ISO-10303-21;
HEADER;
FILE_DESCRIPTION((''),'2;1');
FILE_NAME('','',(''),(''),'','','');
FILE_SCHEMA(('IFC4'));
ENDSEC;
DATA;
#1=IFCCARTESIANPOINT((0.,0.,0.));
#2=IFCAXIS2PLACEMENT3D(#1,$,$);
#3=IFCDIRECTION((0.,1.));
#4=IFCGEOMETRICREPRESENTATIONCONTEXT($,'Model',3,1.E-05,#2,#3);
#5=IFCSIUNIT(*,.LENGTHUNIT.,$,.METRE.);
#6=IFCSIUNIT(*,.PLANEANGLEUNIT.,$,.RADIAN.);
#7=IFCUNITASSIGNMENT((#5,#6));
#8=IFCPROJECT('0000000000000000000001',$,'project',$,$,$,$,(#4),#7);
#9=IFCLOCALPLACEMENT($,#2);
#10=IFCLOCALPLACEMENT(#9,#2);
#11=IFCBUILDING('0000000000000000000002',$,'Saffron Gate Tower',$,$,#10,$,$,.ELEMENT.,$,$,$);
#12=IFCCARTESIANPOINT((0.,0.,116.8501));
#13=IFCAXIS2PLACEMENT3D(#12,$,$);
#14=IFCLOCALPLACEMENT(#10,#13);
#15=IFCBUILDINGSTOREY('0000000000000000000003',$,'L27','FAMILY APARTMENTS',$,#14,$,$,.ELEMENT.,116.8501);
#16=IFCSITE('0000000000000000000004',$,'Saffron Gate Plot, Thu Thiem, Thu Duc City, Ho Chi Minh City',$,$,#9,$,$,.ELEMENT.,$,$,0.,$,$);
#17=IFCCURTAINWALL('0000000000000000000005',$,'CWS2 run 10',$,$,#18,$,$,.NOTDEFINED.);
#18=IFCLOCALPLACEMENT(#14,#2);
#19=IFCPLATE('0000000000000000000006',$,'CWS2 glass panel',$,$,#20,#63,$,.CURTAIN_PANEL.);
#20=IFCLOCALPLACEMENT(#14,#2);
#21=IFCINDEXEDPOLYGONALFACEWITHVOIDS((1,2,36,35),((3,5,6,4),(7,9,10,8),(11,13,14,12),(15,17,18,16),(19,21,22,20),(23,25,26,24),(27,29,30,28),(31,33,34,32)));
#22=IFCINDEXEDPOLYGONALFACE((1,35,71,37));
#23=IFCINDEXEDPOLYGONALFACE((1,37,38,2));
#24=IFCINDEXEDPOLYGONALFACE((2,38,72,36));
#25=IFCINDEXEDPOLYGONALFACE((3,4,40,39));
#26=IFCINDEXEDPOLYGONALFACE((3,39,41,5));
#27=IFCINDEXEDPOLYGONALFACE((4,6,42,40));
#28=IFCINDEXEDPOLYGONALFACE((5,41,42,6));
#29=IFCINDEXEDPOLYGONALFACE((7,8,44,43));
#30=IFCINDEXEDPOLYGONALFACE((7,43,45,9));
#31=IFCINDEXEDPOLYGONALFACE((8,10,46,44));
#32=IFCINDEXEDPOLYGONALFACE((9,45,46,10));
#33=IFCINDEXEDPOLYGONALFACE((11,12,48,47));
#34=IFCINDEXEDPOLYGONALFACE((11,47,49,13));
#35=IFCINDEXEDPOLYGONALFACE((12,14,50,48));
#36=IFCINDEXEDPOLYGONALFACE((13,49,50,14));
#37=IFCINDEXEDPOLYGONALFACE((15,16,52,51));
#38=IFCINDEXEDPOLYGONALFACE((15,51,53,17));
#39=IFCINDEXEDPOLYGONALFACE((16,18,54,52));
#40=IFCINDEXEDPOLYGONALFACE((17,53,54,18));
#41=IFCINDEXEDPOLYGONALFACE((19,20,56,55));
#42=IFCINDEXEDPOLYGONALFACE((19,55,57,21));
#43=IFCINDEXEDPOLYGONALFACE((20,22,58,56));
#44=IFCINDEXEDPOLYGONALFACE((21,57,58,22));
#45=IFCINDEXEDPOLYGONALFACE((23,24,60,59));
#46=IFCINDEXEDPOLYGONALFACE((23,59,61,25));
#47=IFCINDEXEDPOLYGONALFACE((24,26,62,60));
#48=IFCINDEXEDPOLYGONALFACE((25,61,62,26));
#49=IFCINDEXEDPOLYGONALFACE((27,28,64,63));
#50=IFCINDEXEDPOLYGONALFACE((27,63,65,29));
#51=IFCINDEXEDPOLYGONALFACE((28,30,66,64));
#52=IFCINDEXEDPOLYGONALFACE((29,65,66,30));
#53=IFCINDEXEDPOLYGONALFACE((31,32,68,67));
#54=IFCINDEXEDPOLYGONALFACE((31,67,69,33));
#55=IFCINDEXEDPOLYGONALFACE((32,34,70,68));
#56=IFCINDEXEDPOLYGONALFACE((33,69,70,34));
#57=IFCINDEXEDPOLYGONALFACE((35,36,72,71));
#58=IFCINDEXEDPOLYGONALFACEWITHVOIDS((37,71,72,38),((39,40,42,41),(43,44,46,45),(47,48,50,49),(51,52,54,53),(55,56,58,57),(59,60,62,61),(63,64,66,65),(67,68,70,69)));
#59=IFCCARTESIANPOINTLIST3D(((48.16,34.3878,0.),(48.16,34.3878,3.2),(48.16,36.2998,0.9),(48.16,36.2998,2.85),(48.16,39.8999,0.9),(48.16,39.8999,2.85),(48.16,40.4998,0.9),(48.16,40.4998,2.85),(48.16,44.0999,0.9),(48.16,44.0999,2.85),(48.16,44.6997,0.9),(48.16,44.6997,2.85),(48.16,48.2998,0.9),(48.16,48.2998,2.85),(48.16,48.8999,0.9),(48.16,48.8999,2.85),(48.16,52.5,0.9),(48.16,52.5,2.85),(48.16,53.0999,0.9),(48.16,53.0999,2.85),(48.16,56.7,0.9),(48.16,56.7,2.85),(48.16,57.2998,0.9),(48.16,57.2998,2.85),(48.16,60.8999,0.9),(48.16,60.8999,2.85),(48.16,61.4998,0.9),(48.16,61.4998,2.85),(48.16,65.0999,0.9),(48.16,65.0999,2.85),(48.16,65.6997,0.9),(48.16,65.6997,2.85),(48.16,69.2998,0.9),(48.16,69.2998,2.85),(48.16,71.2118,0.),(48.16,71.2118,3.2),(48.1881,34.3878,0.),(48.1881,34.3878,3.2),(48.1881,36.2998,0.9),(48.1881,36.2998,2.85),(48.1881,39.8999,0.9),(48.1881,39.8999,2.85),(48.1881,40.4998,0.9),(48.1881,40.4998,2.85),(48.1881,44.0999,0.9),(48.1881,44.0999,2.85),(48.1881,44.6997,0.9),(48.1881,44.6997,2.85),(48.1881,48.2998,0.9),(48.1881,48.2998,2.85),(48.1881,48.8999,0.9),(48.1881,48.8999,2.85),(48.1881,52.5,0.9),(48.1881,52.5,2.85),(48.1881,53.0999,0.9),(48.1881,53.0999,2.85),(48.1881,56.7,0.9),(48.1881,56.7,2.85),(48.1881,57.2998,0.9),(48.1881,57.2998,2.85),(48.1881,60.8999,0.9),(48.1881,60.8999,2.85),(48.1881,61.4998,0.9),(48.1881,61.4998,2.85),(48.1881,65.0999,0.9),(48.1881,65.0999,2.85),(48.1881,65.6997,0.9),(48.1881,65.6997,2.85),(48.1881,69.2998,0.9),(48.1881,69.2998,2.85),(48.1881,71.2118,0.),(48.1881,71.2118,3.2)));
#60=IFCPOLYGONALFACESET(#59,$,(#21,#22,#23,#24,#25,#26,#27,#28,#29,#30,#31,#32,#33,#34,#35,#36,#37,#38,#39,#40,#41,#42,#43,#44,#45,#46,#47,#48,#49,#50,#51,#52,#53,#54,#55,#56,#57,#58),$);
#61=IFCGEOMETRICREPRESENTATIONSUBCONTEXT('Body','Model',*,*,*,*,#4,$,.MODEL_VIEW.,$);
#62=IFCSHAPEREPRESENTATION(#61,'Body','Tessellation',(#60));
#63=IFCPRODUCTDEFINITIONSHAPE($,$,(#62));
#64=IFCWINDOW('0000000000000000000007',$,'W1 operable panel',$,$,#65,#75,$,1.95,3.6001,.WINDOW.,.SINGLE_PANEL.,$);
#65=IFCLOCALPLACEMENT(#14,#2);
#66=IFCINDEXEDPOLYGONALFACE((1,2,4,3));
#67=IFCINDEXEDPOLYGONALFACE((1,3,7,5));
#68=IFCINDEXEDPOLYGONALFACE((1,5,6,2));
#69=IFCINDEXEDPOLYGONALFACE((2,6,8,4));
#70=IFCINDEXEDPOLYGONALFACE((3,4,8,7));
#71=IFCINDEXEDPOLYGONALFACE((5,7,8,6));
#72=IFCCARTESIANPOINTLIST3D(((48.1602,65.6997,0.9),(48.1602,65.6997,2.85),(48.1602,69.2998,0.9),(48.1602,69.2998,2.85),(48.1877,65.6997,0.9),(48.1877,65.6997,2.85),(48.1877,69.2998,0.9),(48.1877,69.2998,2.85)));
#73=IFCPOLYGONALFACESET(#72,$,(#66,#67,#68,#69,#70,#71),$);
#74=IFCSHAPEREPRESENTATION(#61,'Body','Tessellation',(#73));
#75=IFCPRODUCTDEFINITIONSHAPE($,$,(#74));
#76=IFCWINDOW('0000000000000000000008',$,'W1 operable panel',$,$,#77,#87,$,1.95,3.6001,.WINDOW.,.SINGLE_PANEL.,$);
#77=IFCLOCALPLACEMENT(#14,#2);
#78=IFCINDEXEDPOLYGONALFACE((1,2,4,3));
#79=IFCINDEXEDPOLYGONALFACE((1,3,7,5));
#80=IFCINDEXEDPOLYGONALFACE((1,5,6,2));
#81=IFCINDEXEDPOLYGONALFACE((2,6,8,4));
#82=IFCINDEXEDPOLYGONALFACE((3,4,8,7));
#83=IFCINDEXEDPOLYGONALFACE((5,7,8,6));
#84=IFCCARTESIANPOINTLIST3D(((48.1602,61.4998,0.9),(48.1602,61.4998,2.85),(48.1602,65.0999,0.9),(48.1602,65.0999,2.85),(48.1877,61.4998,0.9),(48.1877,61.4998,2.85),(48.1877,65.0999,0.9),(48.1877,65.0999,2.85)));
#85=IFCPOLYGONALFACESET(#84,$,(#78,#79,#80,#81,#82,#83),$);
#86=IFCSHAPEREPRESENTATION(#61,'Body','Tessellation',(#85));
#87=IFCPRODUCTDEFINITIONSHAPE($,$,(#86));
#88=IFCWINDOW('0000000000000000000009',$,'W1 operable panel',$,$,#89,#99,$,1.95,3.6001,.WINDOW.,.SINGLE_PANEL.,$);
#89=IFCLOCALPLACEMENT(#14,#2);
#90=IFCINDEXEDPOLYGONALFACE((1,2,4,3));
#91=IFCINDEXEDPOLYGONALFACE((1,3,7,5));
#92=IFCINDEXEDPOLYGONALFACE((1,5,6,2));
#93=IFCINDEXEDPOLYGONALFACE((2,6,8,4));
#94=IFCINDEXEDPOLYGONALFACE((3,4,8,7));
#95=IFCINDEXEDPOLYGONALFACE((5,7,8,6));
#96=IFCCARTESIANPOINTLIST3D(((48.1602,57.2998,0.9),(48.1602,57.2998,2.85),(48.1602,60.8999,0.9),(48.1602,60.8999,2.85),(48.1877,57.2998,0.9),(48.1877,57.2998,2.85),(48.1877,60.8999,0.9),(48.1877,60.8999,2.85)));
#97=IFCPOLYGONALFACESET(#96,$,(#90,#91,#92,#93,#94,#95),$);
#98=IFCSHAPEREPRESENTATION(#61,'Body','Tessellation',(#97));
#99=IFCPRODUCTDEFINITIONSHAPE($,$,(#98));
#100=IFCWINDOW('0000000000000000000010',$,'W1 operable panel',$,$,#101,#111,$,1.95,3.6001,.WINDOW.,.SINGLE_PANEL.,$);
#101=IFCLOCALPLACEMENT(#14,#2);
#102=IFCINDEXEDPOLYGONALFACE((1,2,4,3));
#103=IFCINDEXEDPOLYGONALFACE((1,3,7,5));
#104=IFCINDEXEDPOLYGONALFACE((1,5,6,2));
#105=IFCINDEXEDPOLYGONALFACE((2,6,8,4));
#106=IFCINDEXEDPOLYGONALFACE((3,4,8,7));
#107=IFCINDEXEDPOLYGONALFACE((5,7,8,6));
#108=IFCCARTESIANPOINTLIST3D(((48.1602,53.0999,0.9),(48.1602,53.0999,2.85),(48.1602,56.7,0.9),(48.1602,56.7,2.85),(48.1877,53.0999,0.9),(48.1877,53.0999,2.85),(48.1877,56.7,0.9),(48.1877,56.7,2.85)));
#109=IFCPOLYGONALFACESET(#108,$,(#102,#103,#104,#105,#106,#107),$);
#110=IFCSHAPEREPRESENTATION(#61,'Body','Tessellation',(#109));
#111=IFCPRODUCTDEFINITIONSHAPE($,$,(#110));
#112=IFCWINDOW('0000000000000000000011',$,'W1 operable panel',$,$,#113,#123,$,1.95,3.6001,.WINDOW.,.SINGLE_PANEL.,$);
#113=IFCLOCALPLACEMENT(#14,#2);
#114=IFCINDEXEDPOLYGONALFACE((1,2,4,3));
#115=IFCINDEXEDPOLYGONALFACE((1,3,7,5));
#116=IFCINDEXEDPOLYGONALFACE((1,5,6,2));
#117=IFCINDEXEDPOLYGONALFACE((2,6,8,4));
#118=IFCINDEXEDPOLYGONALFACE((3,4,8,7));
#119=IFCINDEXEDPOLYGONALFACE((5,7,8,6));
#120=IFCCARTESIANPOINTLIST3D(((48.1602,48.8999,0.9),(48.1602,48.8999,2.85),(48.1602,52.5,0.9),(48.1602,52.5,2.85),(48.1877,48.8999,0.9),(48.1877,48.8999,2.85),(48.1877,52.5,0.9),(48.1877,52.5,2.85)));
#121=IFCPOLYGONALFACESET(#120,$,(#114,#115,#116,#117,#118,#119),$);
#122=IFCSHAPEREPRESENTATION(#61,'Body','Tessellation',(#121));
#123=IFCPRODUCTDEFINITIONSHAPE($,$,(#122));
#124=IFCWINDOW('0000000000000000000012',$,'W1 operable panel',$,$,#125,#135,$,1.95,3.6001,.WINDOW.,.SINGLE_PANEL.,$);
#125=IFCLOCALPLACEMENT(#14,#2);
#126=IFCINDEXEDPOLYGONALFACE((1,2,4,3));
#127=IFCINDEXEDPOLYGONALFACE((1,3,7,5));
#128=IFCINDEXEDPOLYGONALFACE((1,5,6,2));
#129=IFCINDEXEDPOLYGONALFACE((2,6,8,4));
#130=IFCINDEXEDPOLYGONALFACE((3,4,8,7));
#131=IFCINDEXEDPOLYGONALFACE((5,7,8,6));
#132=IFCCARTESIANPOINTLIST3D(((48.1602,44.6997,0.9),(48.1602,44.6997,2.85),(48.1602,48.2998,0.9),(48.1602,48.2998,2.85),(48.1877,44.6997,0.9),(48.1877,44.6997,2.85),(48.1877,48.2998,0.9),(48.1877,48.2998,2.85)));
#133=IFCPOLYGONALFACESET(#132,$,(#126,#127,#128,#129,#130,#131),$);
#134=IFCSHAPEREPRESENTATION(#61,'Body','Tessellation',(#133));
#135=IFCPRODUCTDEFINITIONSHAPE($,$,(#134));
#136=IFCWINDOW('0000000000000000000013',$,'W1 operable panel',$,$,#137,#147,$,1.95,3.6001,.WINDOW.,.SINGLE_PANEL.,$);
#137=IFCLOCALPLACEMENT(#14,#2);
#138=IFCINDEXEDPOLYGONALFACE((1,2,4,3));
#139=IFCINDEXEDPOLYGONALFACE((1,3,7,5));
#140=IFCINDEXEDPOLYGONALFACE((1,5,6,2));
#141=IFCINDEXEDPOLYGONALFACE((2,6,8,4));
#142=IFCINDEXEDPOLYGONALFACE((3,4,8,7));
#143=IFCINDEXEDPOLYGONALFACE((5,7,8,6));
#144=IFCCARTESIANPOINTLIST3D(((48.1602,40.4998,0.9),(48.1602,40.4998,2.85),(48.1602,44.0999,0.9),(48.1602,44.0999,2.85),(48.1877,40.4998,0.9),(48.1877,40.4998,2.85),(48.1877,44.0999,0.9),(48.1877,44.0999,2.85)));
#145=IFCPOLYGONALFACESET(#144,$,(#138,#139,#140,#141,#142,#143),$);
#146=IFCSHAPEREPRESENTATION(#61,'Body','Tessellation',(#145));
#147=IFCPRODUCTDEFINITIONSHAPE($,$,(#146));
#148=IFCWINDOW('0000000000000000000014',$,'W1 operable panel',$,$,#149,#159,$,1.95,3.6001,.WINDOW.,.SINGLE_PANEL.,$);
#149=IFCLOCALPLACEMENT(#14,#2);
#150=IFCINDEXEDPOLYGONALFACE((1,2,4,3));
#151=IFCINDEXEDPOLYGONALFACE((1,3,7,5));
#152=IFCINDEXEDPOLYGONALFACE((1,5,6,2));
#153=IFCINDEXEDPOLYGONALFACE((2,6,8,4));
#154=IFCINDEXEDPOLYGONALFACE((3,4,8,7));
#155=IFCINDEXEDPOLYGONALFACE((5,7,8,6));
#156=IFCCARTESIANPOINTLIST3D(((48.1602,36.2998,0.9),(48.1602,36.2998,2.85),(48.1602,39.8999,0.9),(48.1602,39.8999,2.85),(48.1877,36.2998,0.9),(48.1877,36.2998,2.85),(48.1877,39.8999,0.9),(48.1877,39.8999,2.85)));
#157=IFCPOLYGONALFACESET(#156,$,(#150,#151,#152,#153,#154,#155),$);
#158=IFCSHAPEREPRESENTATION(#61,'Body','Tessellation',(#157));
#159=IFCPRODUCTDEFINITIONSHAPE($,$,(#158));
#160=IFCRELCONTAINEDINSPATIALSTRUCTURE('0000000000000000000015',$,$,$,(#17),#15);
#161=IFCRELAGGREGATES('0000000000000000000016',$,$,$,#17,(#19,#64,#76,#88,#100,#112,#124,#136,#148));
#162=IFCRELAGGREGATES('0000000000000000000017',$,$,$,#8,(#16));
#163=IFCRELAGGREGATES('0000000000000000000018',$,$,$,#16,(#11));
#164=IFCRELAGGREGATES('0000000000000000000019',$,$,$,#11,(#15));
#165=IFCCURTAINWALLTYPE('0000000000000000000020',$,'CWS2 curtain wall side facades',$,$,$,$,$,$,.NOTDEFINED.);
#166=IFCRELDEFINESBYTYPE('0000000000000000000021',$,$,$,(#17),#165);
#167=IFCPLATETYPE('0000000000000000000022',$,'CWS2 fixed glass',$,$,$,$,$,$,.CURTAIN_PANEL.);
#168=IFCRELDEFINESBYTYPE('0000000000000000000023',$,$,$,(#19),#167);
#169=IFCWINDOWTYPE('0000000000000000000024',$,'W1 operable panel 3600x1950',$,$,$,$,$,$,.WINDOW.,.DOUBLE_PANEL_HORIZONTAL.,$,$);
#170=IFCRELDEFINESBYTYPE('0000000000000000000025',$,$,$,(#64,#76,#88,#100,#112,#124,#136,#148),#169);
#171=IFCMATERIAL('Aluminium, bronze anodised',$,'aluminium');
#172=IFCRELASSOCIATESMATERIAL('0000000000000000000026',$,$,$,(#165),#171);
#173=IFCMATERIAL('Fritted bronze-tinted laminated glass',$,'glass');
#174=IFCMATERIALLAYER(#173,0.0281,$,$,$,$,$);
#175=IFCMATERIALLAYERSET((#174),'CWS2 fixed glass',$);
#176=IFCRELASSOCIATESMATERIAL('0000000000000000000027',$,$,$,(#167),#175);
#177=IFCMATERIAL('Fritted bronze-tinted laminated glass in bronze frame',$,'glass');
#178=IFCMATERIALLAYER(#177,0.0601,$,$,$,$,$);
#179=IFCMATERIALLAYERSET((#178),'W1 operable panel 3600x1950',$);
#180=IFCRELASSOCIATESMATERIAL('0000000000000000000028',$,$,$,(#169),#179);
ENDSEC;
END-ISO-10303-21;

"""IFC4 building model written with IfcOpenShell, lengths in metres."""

from ifc_helpers import new_model, si_unit, direction, frame, frame_2d, origin, place, context, subcontext, project, spatial, rectangle, extrude, material, layer, layer_set, type_object, element, fill, aggregate, save


model = new_model("IFC4")

# Units and contexts
model_context = context("Model", 3, precision=1e-05, world=origin(), true_north=direction((0.0, 1.0)))
body_context = subcontext(model_context, "Body", "Model", "MODEL_VIEW")
ifc_project = project(units=[si_unit("LENGTHUNIT", "METRE"), si_unit("PLANEANGLEUNIT", "RADIAN")], contexts=[model_context])

# Site, building, storey
site_placement = place(None, origin())
site = spatial("IfcSite", under=ifc_project, at=site_placement, Name="Saffron Gate Plot, Thu Thiem, Thu Duc City, Ho Chi Minh City", CompositionType="ELEMENT", RefElevation=0.0)
building_placement = place(site_placement, origin())
building = spatial("IfcBuilding", under=site, at=building_placement, Name="Saffron Gate Tower", CompositionType="ELEMENT")
storey_placement = place(building_placement, frame((0.0, 0.0, 116.8501)))
storey = spatial("IfcBuildingStorey", under=building, at=storey_placement, Name="L27", Description="FAMILY APARTMENTS", CompositionType="ELEMENT", Elevation=116.8501)

# Curtain wall
ifc_material_1 = material(Name="Aluminium, bronze anodised", Category="aluminium")
curtain_wall_type_1 = type_object("IfcCurtainWallType", Name="CWS2 curtain wall side facades", PredefinedType="NOTDEFINED", material=ifc_material_1)
curtain_wall_1_placement = place(storey_placement, origin())
curtain_wall_1 = element("IfcCurtainWall", 1, at=curtain_wall_1_placement, inside=storey, type_object=curtain_wall_type_1, Name="CWS2 run 10", PredefinedType="NOTDEFINED")

# Plate, openings, windows
ifc_material_2 = material(Name="Fritted bronze-tinted laminated glass", Category="glass")
ifc_layer_1 = layer(ifc_material_2, 0.0281)
ifc_layer_set_1 = layer_set([ifc_layer_1], Name="CWS2 fixed glass")
plate_type_1 = type_object("IfcPlateType", Name="CWS2 fixed glass", PredefinedType="CURTAIN_PANEL", material=ifc_layer_set_1)
plate_1_placement = place(storey_placement, frame((48.1741, 71.2119, 0.0), z_axis=(0.0, 0.0, 1.0), x_axis=(0.0, -1.0, 0.0)))
plate_1 = element("IfcPlate", 2, at=plate_1_placement, type_object=plate_type_1, Name="CWS2 glass panel", PredefinedType="CURTAIN_PANEL", context=body_context, shape_type="SweptSolid", body=[
    extrude(rectangle(XDim=36.824, YDim=0.0281, at=frame_2d((18.4121, 0.0))), origin(), (0.0, 0.0, 1.0), 3.2),
])
opening_1_placement = place(plate_1_placement, frame((1.9121, 0.0, 0.8999)))
opening_1 = element("IfcOpeningElement", 3, at=opening_1_placement, cuts=plate_1, PredefinedType="OPENING", context=body_context, shape_type="SweptSolid", body=[
    extrude(rectangle(XDim=3.6001, YDim=1.95, at=frame_2d((1.8, 0.9751))), frame((0.0, 0.0239, 0.0), z_axis=(0.0, -1.0, 0.0), x_axis=(1.0, 0.0, 0.0)), (0.0, 0.0, 1.0), 0.0481),
])
opening_2_placement = place(plate_1_placement, frame((6.1121, 0.0, 0.8999)))
opening_2 = element("IfcOpeningElement", 4, at=opening_2_placement, cuts=plate_1, PredefinedType="OPENING", context=body_context, shape_type="SweptSolid", body=[
    extrude(rectangle(XDim=3.6001, YDim=1.95, at=frame_2d((1.8, 0.9751))), frame((0.0, 0.0239, 0.0), z_axis=(0.0, -1.0, 0.0), x_axis=(1.0, 0.0, 0.0)), (0.0, 0.0, 1.0), 0.0481),
])
opening_3_placement = place(plate_1_placement, frame((10.312, 0.0, 0.8999)))
opening_3 = element("IfcOpeningElement", 5, at=opening_3_placement, cuts=plate_1, PredefinedType="OPENING", context=body_context, shape_type="SweptSolid", body=[
    extrude(rectangle(XDim=3.6001, YDim=1.95, at=frame_2d((1.8, 0.9751))), frame((0.0, 0.0239, 0.0), z_axis=(0.0, -1.0, 0.0), x_axis=(1.0, 0.0, 0.0)), (0.0, 0.0, 1.0), 0.0481),
])
opening_4_placement = place(plate_1_placement, frame((14.512, 0.0, 0.8999)))
opening_4 = element("IfcOpeningElement", 6, at=opening_4_placement, cuts=plate_1, PredefinedType="OPENING", context=body_context, shape_type="SweptSolid", body=[
    extrude(rectangle(XDim=3.6001, YDim=1.95, at=frame_2d((1.8, 0.9751))), frame((0.0, 0.0239, 0.0), z_axis=(0.0, -1.0, 0.0), x_axis=(1.0, 0.0, 0.0)), (0.0, 0.0, 1.0), 0.0481),
])
opening_5_placement = place(plate_1_placement, frame((18.7119, 0.0, 0.8999)))
opening_5 = element("IfcOpeningElement", 7, at=opening_5_placement, cuts=plate_1, PredefinedType="OPENING", context=body_context, shape_type="SweptSolid", body=[
    extrude(rectangle(XDim=3.6001, YDim=1.95, at=frame_2d((1.8, 0.9751))), frame((0.0, 0.0239, 0.0), z_axis=(0.0, -1.0, 0.0), x_axis=(1.0, 0.0, 0.0)), (0.0, 0.0, 1.0), 0.0481),
])
opening_6_placement = place(plate_1_placement, frame((22.9121, 0.0, 0.8999)))
opening_6 = element("IfcOpeningElement", 8, at=opening_6_placement, cuts=plate_1, PredefinedType="OPENING", context=body_context, shape_type="SweptSolid", body=[
    extrude(rectangle(XDim=3.6001, YDim=1.95, at=frame_2d((1.8, 0.9751))), frame((0.0, 0.0239, 0.0), z_axis=(0.0, -1.0, 0.0), x_axis=(1.0, 0.0, 0.0)), (0.0, 0.0, 1.0), 0.0481),
])
opening_7_placement = place(plate_1_placement, frame((27.1121, 0.0, 0.8999)))
opening_7 = element("IfcOpeningElement", 9, at=opening_7_placement, cuts=plate_1, PredefinedType="OPENING", context=body_context, shape_type="SweptSolid", body=[
    extrude(rectangle(XDim=3.6001, YDim=1.95, at=frame_2d((1.8, 0.9751))), frame((0.0, 0.0239, 0.0), z_axis=(0.0, -1.0, 0.0), x_axis=(1.0, 0.0, 0.0)), (0.0, 0.0, 1.0), 0.0481),
])
opening_8_placement = place(plate_1_placement, frame((31.312, 0.0, 0.8999)))
opening_8 = element("IfcOpeningElement", 10, at=opening_8_placement, cuts=plate_1, PredefinedType="OPENING", context=body_context, shape_type="SweptSolid", body=[
    extrude(rectangle(XDim=3.6001, YDim=1.95, at=frame_2d((1.8, 0.9751))), frame((0.0, 0.0239, 0.0), z_axis=(0.0, -1.0, 0.0), x_axis=(1.0, 0.0, 0.0)), (0.0, 0.0, 1.0), 0.0481),
])
ifc_material_3 = material(Name="Fritted bronze-tinted laminated glass in bronze frame", Category="glass")
ifc_layer_2 = layer(ifc_material_3, 0.0601)
ifc_layer_set_2 = layer_set([ifc_layer_2], Name="W1 operable panel 3600x1950")
window_type = type_object("IfcWindowType", Name="W1 operable panel 3600x1950", PartitioningType="DOUBLE_PANEL_HORIZONTAL", PredefinedType="WINDOW", material=ifc_layer_set_2)
window_1_placement = place(opening_1_placement, origin())
window_1 = element("IfcWindow", 11, at=window_1_placement, type_object=window_type, Name="W1 operable panel", OverallHeight=1.95, OverallWidth=3.6001, PartitioningType="SINGLE_PANEL", PredefinedType="WINDOW", context=body_context, shape_type="SweptSolid", body=[
    extrude(rectangle(XDim=3.6001, YDim=1.95, at=frame_2d((1.8, 0.9751))), frame((0.0, 0.0137, 0.0), z_axis=(0.0, -1.0, 0.0), x_axis=(1.0, 0.0, 0.0)), (0.0, 0.0, 1.0), 0.0276),
])
fill(opening_1, window_1)
window_2_placement = place(opening_2_placement, origin())
window_2 = element("IfcWindow", 12, at=window_2_placement, type_object=window_type, Name="W1 operable panel", OverallHeight=1.95, OverallWidth=3.6001, PartitioningType="SINGLE_PANEL", PredefinedType="WINDOW", context=body_context, shape_type="SweptSolid", body=[
    extrude(rectangle(XDim=3.6001, YDim=1.95, at=frame_2d((1.8, 0.9751))), frame((0.0, 0.0137, 0.0), z_axis=(0.0, -1.0, 0.0), x_axis=(1.0, 0.0, 0.0)), (0.0, 0.0, 1.0), 0.0276),
])
fill(opening_2, window_2)
window_3_placement = place(opening_3_placement, origin())
window_3 = element("IfcWindow", 13, at=window_3_placement, type_object=window_type, Name="W1 operable panel", OverallHeight=1.95, OverallWidth=3.6001, PartitioningType="SINGLE_PANEL", PredefinedType="WINDOW", context=body_context, shape_type="SweptSolid", body=[
    extrude(rectangle(XDim=3.6001, YDim=1.95, at=frame_2d((1.8, 0.9751))), frame((0.0, 0.0137, 0.0), z_axis=(0.0, -1.0, 0.0), x_axis=(1.0, 0.0, 0.0)), (0.0, 0.0, 1.0), 0.0276),
])
fill(opening_3, window_3)
window_4_placement = place(opening_4_placement, origin())
window_4 = element("IfcWindow", 14, at=window_4_placement, type_object=window_type, Name="W1 operable panel", OverallHeight=1.95, OverallWidth=3.6001, PartitioningType="SINGLE_PANEL", PredefinedType="WINDOW", context=body_context, shape_type="SweptSolid", body=[
    extrude(rectangle(XDim=3.6001, YDim=1.95, at=frame_2d((1.8, 0.9751))), frame((0.0, 0.0137, 0.0), z_axis=(0.0, -1.0, 0.0), x_axis=(1.0, 0.0, 0.0)), (0.0, 0.0, 1.0), 0.0276),
])
fill(opening_4, window_4)
window_5_placement = place(opening_5_placement, origin())
window_5 = element("IfcWindow", 15, at=window_5_placement, type_object=window_type, Name="W1 operable panel", OverallHeight=1.95, OverallWidth=3.6001, PartitioningType="SINGLE_PANEL", PredefinedType="WINDOW", context=body_context, shape_type="SweptSolid", body=[
    extrude(rectangle(XDim=3.6001, YDim=1.95, at=frame_2d((1.8, 0.9751))), frame((0.0, 0.0137, 0.0), z_axis=(0.0, -1.0, 0.0), x_axis=(1.0, 0.0, 0.0)), (0.0, 0.0, 1.0), 0.0276),
])
fill(opening_5, window_5)
window_6_placement = place(opening_6_placement, origin())
window_6 = element("IfcWindow", 16, at=window_6_placement, type_object=window_type, Name="W1 operable panel", OverallHeight=1.95, OverallWidth=3.6001, PartitioningType="SINGLE_PANEL", PredefinedType="WINDOW", context=body_context, shape_type="SweptSolid", body=[
    extrude(rectangle(XDim=3.6001, YDim=1.95, at=frame_2d((1.8, 0.9751))), frame((0.0, 0.0137, 0.0), z_axis=(0.0, -1.0, 0.0), x_axis=(1.0, 0.0, 0.0)), (0.0, 0.0, 1.0), 0.0276),
])
fill(opening_6, window_6)
window_7_placement = place(opening_7_placement, origin())
window_7 = element("IfcWindow", 17, at=window_7_placement, type_object=window_type, Name="W1 operable panel", OverallHeight=1.95, OverallWidth=3.6001, PartitioningType="SINGLE_PANEL", PredefinedType="WINDOW", context=body_context, shape_type="SweptSolid", body=[
    extrude(rectangle(XDim=3.6001, YDim=1.95, at=frame_2d((1.8, 0.9751))), frame((0.0, 0.0137, 0.0), z_axis=(0.0, -1.0, 0.0), x_axis=(1.0, 0.0, 0.0)), (0.0, 0.0, 1.0), 0.0276),
])
fill(opening_7, window_7)
window_8_placement = place(opening_8_placement, origin())
window_8 = element("IfcWindow", 18, at=window_8_placement, type_object=window_type, Name="W1 operable panel", OverallHeight=1.95, OverallWidth=3.6001, PartitioningType="SINGLE_PANEL", PredefinedType="WINDOW", context=body_context, shape_type="SweptSolid", body=[
    extrude(rectangle(XDim=3.6001, YDim=1.95, at=frame_2d((1.8, 0.9751))), frame((0.0, 0.0137, 0.0), z_axis=(0.0, -1.0, 0.0), x_axis=(1.0, 0.0, 0.0)), (0.0, 0.0, 1.0), 0.0276),
])
fill(opening_8, window_8)
aggregate(curtain_wall_1, [plate_1, window_1, window_2, window_3, window_4, window_5, window_6, window_7, window_8])

save(model, "model.ifc")
